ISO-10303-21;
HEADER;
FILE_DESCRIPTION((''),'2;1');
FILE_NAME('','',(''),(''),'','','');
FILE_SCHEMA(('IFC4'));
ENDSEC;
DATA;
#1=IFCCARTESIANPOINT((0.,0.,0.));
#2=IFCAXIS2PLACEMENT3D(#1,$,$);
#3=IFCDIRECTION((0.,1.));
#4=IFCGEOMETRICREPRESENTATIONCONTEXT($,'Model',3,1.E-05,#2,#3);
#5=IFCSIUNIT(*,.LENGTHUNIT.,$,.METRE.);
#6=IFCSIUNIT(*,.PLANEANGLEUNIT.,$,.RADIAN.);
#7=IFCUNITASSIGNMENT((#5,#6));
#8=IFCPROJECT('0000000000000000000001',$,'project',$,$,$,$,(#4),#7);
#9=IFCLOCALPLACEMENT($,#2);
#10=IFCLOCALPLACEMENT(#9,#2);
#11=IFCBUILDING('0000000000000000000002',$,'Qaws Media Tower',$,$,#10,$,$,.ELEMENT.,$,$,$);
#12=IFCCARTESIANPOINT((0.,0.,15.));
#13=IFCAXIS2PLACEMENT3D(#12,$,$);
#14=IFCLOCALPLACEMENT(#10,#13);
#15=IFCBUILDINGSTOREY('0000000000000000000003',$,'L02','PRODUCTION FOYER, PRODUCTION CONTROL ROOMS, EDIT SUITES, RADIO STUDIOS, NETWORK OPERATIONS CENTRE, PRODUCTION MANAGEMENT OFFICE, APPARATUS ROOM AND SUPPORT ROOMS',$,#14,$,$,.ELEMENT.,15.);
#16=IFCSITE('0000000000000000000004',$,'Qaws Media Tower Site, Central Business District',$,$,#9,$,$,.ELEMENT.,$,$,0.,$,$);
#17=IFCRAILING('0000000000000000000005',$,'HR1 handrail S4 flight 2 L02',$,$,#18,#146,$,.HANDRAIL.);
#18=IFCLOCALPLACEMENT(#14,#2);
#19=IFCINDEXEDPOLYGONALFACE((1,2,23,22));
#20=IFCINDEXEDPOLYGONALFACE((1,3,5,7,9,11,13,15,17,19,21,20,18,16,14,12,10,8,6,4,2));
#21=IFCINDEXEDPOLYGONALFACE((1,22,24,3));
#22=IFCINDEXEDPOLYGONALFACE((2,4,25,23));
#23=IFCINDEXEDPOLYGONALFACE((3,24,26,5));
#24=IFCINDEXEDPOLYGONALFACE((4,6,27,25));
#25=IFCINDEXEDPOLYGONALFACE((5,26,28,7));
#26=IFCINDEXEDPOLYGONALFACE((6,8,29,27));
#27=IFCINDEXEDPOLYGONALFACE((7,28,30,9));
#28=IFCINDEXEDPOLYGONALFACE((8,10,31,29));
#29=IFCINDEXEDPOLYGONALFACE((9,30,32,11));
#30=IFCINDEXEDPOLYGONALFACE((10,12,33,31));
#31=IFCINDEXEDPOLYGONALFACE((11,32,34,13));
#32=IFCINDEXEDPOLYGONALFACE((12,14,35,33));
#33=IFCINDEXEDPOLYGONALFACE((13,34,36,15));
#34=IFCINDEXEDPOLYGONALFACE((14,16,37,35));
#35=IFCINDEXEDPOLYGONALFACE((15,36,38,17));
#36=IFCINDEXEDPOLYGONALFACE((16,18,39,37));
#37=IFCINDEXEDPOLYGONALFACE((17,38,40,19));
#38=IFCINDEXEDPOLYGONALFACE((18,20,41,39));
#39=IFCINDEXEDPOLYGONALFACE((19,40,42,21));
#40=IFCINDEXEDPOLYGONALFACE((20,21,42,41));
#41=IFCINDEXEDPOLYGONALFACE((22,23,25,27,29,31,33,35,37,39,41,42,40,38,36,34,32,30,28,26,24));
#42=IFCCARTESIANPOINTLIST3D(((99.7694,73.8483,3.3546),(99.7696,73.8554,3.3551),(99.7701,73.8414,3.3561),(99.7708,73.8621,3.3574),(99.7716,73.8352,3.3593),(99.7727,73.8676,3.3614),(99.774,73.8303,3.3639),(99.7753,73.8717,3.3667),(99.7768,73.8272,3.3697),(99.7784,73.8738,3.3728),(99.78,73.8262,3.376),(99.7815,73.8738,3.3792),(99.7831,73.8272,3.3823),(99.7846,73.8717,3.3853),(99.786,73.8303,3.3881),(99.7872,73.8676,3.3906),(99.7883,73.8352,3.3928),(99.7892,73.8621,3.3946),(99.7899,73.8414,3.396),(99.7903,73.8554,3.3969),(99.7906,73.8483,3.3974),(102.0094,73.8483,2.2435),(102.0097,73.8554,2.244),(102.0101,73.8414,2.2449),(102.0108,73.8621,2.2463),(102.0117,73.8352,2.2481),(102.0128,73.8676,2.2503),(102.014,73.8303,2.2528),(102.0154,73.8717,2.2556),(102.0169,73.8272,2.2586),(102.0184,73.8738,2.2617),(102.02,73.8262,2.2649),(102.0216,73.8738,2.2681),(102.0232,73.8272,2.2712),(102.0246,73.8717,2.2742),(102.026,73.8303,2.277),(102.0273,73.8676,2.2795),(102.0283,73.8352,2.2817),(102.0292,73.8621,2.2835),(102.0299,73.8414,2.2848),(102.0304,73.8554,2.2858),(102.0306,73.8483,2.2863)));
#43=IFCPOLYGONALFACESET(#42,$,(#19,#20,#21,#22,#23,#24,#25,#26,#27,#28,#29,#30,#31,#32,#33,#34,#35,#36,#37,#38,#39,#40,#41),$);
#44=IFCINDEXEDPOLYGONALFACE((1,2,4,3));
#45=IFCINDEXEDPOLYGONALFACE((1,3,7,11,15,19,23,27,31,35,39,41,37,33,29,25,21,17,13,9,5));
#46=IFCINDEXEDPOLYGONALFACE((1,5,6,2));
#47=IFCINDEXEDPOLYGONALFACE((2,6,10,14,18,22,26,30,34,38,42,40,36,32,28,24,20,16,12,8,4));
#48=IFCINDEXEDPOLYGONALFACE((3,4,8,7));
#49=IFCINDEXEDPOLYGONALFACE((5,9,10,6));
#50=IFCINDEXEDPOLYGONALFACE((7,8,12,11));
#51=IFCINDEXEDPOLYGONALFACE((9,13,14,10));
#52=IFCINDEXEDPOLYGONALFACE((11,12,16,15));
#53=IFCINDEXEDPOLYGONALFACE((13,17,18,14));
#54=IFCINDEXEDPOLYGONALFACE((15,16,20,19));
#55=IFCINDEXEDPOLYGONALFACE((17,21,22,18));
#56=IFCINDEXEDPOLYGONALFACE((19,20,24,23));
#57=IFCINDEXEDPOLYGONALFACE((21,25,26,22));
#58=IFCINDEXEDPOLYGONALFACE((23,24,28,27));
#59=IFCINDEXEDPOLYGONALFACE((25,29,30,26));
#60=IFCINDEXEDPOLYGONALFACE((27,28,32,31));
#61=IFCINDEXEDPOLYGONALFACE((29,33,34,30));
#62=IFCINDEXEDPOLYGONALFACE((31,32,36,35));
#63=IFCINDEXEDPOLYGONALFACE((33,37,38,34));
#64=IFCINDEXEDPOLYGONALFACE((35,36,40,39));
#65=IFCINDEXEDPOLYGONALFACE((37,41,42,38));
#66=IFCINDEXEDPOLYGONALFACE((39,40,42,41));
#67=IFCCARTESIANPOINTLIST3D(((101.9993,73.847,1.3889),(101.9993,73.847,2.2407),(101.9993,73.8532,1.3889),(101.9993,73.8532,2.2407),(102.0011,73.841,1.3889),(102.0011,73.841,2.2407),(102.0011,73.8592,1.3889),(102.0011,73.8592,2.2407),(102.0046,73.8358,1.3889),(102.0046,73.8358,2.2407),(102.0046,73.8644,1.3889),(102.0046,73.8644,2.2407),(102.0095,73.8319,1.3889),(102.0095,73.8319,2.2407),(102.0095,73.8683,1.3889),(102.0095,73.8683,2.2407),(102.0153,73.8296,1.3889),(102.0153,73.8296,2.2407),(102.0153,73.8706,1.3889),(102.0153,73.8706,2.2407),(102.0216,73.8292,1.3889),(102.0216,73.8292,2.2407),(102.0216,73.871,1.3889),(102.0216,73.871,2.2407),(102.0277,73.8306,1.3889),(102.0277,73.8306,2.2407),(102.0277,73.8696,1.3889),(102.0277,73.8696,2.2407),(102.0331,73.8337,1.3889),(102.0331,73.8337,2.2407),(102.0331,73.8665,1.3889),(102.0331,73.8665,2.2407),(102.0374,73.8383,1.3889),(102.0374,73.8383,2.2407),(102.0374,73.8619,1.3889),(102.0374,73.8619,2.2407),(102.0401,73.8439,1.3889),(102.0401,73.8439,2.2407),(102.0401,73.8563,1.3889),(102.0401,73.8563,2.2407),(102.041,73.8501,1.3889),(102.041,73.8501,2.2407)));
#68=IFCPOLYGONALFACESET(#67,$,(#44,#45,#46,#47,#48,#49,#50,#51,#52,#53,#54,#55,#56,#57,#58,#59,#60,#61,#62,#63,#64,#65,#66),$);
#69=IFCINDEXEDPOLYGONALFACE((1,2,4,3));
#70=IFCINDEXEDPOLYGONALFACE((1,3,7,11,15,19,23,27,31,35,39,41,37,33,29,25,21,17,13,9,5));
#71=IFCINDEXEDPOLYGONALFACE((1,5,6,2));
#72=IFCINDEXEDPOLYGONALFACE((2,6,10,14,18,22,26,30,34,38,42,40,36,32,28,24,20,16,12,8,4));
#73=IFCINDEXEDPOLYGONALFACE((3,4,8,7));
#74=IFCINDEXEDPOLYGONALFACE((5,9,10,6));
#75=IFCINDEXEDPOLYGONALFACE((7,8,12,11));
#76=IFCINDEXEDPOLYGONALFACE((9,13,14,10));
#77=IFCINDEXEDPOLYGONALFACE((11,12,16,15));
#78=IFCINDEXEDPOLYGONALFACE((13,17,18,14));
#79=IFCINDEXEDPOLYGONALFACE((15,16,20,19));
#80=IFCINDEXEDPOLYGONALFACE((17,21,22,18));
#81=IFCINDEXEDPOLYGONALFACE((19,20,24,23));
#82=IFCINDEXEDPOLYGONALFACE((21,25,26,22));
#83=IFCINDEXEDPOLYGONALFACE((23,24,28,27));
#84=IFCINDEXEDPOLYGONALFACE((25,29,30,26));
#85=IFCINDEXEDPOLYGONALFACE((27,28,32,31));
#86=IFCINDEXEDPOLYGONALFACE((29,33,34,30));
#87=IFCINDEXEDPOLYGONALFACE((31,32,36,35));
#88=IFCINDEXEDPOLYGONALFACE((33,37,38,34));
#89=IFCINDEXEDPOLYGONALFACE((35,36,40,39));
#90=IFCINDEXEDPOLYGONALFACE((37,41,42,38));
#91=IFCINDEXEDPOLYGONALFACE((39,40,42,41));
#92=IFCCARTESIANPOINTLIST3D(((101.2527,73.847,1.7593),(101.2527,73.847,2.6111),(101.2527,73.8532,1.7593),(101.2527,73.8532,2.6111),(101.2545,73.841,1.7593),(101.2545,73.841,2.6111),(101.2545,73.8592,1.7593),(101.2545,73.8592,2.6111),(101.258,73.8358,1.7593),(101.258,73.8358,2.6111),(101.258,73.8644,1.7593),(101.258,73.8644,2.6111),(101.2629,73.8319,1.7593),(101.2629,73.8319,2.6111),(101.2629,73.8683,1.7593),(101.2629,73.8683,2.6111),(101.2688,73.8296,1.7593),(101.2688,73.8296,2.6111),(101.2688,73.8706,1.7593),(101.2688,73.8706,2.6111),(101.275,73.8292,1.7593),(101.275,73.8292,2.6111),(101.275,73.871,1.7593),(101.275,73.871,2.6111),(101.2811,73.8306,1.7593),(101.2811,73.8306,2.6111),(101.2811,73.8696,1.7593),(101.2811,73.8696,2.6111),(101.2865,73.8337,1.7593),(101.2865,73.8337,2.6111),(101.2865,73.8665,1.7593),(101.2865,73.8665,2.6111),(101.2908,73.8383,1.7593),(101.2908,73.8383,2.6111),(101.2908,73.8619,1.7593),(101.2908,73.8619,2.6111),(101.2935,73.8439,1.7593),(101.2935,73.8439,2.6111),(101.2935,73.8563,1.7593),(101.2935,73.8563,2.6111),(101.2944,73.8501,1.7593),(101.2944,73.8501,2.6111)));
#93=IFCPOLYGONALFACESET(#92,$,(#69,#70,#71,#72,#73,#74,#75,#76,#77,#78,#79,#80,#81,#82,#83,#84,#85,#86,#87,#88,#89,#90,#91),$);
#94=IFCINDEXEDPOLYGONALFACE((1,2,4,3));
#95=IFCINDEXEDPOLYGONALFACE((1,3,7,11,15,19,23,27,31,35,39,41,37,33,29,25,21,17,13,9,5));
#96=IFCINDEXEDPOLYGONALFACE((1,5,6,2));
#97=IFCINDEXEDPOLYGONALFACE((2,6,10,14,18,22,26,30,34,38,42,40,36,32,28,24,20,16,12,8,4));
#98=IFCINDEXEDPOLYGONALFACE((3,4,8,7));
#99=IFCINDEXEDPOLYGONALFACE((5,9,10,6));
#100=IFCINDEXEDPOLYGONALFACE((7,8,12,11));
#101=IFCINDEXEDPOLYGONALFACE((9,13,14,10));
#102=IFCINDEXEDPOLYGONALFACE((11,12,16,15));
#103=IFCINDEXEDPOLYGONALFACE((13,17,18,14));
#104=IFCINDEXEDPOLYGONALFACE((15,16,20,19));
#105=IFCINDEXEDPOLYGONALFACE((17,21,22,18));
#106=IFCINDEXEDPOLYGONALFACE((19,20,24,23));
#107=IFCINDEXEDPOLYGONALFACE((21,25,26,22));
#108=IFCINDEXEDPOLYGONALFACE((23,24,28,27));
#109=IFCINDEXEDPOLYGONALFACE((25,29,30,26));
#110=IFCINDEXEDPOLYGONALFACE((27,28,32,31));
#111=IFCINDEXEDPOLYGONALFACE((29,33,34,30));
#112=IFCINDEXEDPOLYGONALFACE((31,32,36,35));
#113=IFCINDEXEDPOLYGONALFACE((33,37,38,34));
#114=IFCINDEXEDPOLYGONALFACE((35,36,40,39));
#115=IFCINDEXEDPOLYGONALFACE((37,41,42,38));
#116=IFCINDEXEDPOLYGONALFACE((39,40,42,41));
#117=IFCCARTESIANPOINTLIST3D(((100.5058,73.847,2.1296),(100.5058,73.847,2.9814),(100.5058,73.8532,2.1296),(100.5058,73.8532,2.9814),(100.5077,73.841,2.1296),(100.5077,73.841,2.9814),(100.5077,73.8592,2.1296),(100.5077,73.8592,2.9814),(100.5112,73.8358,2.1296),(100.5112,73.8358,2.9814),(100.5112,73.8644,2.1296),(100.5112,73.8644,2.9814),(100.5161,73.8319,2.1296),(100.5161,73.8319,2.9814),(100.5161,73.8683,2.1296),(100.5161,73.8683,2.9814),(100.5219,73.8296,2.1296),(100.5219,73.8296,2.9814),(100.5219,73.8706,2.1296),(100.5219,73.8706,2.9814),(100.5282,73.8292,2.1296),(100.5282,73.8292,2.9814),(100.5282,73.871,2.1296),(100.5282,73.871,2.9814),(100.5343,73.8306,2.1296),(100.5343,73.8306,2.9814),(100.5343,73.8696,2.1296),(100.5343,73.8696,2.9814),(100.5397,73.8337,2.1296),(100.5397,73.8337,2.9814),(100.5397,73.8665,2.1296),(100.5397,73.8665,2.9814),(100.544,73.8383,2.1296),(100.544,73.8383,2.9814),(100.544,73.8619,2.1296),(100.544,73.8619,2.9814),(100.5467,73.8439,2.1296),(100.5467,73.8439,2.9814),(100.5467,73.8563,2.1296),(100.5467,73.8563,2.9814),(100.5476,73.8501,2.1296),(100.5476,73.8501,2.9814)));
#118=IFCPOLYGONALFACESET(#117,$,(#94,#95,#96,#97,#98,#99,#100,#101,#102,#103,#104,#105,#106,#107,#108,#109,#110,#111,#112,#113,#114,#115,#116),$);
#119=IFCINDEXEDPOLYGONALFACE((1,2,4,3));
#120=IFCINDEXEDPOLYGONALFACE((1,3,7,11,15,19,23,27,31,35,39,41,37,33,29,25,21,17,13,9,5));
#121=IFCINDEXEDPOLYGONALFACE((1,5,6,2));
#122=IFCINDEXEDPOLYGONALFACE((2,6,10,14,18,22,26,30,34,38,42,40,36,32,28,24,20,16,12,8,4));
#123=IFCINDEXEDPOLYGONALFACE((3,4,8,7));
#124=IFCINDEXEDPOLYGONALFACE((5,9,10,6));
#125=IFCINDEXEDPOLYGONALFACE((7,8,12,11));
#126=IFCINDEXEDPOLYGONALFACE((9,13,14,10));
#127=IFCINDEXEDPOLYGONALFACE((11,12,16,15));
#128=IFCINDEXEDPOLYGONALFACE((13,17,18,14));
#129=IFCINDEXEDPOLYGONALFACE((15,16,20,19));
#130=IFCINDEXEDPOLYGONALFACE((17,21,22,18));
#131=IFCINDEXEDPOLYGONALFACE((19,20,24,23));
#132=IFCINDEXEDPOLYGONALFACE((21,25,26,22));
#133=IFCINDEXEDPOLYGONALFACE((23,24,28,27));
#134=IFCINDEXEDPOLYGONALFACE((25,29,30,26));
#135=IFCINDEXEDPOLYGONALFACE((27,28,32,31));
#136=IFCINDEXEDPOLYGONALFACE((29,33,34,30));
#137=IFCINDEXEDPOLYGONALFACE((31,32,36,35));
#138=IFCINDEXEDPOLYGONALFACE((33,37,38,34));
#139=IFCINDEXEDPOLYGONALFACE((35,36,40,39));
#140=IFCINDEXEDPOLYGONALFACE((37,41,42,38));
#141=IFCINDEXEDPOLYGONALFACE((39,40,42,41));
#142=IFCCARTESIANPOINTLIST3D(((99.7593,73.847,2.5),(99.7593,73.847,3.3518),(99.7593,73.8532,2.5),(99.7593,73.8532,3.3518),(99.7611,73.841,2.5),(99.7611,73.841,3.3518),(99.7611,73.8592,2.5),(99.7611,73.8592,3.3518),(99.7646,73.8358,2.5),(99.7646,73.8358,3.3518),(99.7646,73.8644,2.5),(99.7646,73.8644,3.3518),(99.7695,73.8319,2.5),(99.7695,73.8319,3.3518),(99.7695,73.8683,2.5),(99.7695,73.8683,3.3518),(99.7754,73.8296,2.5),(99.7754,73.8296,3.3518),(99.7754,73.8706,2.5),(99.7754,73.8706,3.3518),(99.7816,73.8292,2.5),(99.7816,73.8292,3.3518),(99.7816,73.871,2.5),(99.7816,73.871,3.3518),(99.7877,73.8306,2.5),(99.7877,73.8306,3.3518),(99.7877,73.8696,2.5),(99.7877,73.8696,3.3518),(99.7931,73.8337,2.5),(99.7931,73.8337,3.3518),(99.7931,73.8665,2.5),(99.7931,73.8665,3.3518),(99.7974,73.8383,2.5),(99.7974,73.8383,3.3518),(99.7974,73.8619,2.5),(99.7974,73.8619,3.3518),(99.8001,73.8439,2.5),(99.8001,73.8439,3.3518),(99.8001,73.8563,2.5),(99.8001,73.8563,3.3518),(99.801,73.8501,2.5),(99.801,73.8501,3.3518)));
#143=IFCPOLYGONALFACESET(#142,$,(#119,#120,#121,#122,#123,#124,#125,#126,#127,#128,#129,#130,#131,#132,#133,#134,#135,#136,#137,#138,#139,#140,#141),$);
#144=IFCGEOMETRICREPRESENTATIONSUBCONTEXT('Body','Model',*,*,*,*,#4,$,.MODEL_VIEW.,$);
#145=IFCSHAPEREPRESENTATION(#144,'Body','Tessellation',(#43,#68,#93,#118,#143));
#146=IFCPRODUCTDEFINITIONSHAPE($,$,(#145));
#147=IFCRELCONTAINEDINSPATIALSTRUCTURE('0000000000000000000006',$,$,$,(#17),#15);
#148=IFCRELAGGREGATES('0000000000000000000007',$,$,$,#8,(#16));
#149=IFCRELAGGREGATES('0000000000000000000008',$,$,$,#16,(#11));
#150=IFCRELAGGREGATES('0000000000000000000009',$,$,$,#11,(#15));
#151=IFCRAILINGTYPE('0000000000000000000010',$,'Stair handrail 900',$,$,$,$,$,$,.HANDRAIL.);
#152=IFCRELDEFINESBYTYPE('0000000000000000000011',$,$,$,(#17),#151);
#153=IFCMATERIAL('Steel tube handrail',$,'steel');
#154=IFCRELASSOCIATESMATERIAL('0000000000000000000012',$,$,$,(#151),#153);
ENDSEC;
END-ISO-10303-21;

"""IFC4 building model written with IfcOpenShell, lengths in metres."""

from ifc_helpers import new_model, si_unit, direction, frame, origin, origin_2d, place, context, subcontext, project, spatial, circle, extrude, material, type_object, element, save


model = new_model("IFC4")

# Units and contexts
model_context = context("Model", 3, precision=1e-05, world=origin(), true_north=direction((0.0, 1.0)))
body_context = subcontext(model_context, "Body", "Model", "MODEL_VIEW")
ifc_project = project(units=[si_unit("LENGTHUNIT", "METRE"), si_unit("PLANEANGLEUNIT", "RADIAN")], contexts=[model_context])

# Site, building, storey
site_placement = place(None, origin())
site = spatial("IfcSite", under=ifc_project, at=site_placement, Name="Qaws Media Tower Site, Central Business District", CompositionType="ELEMENT", RefElevation=0.0)
building_placement = place(site_placement, origin())
building = spatial("IfcBuilding", under=site, at=building_placement, Name="Qaws Media Tower", CompositionType="ELEMENT")
storey_placement = place(building_placement, frame((0.0, 0.0, 15.0)))
storey = spatial("IfcBuildingStorey", under=building, at=storey_placement, Name="L02", Description="PRODUCTION FOYER, PRODUCTION CONTROL ROOMS, EDIT SUITES, RADIO STUDIOS, NETWORK OPERATIONS CENTRE, PRODUCTION MANAGEMENT OFFICE, APPARATUS ROOM AND SUPPORT ROOMS", CompositionType="ELEMENT", Elevation=15.0)

# Railing
ifc_material_1 = material(Name="Steel tube handrail", Category="steel")
railing_type = type_object("IfcRailingType", Name="Stair handrail 900", PredefinedType="HANDRAIL", material=ifc_material_1)
for number, where, name in (
    (1, (102.02, 73.8501, 1.3889), "HR1 handrail S4 flight 2 L02"),
):
    element("IfcRailing", number, at=place(storey_placement, frame(where)), inside=storey, type_object=railing_type, Name=name, PredefinedType="HANDRAIL", context=body_context, shape_type="SweptSolid", body=[
        extrude(circle(Radius=0.0239, at=origin_2d()), frame((0.0, 0.0, 0.876), z_axis=(-0.895848, 0.0, 0.44436), x_axis=(0.0, -1.0, 0.0)), (0.0, 0.0, 1.0), 2.5005),
        extrude(circle(Radius=0.021, at=origin_2d()), origin(), (0.0, 0.0, 1.0), 0.8518),
        extrude(circle(Radius=0.021, at=origin_2d()), frame((-0.7466, 0.0, 0.3704)), (0.0, 0.0, 1.0), 0.8518),
        extrude(circle(Radius=0.021, at=origin_2d()), frame((-1.4934, 0.0, 0.7407)), (0.0, 0.0, 1.0), 0.8518),
        extrude(circle(Radius=0.021, at=origin_2d()), frame((-2.24, 0.0, 1.1111)), (0.0, 0.0, 1.0), 0.8518),
    ])

save(model, "model.ifc")
